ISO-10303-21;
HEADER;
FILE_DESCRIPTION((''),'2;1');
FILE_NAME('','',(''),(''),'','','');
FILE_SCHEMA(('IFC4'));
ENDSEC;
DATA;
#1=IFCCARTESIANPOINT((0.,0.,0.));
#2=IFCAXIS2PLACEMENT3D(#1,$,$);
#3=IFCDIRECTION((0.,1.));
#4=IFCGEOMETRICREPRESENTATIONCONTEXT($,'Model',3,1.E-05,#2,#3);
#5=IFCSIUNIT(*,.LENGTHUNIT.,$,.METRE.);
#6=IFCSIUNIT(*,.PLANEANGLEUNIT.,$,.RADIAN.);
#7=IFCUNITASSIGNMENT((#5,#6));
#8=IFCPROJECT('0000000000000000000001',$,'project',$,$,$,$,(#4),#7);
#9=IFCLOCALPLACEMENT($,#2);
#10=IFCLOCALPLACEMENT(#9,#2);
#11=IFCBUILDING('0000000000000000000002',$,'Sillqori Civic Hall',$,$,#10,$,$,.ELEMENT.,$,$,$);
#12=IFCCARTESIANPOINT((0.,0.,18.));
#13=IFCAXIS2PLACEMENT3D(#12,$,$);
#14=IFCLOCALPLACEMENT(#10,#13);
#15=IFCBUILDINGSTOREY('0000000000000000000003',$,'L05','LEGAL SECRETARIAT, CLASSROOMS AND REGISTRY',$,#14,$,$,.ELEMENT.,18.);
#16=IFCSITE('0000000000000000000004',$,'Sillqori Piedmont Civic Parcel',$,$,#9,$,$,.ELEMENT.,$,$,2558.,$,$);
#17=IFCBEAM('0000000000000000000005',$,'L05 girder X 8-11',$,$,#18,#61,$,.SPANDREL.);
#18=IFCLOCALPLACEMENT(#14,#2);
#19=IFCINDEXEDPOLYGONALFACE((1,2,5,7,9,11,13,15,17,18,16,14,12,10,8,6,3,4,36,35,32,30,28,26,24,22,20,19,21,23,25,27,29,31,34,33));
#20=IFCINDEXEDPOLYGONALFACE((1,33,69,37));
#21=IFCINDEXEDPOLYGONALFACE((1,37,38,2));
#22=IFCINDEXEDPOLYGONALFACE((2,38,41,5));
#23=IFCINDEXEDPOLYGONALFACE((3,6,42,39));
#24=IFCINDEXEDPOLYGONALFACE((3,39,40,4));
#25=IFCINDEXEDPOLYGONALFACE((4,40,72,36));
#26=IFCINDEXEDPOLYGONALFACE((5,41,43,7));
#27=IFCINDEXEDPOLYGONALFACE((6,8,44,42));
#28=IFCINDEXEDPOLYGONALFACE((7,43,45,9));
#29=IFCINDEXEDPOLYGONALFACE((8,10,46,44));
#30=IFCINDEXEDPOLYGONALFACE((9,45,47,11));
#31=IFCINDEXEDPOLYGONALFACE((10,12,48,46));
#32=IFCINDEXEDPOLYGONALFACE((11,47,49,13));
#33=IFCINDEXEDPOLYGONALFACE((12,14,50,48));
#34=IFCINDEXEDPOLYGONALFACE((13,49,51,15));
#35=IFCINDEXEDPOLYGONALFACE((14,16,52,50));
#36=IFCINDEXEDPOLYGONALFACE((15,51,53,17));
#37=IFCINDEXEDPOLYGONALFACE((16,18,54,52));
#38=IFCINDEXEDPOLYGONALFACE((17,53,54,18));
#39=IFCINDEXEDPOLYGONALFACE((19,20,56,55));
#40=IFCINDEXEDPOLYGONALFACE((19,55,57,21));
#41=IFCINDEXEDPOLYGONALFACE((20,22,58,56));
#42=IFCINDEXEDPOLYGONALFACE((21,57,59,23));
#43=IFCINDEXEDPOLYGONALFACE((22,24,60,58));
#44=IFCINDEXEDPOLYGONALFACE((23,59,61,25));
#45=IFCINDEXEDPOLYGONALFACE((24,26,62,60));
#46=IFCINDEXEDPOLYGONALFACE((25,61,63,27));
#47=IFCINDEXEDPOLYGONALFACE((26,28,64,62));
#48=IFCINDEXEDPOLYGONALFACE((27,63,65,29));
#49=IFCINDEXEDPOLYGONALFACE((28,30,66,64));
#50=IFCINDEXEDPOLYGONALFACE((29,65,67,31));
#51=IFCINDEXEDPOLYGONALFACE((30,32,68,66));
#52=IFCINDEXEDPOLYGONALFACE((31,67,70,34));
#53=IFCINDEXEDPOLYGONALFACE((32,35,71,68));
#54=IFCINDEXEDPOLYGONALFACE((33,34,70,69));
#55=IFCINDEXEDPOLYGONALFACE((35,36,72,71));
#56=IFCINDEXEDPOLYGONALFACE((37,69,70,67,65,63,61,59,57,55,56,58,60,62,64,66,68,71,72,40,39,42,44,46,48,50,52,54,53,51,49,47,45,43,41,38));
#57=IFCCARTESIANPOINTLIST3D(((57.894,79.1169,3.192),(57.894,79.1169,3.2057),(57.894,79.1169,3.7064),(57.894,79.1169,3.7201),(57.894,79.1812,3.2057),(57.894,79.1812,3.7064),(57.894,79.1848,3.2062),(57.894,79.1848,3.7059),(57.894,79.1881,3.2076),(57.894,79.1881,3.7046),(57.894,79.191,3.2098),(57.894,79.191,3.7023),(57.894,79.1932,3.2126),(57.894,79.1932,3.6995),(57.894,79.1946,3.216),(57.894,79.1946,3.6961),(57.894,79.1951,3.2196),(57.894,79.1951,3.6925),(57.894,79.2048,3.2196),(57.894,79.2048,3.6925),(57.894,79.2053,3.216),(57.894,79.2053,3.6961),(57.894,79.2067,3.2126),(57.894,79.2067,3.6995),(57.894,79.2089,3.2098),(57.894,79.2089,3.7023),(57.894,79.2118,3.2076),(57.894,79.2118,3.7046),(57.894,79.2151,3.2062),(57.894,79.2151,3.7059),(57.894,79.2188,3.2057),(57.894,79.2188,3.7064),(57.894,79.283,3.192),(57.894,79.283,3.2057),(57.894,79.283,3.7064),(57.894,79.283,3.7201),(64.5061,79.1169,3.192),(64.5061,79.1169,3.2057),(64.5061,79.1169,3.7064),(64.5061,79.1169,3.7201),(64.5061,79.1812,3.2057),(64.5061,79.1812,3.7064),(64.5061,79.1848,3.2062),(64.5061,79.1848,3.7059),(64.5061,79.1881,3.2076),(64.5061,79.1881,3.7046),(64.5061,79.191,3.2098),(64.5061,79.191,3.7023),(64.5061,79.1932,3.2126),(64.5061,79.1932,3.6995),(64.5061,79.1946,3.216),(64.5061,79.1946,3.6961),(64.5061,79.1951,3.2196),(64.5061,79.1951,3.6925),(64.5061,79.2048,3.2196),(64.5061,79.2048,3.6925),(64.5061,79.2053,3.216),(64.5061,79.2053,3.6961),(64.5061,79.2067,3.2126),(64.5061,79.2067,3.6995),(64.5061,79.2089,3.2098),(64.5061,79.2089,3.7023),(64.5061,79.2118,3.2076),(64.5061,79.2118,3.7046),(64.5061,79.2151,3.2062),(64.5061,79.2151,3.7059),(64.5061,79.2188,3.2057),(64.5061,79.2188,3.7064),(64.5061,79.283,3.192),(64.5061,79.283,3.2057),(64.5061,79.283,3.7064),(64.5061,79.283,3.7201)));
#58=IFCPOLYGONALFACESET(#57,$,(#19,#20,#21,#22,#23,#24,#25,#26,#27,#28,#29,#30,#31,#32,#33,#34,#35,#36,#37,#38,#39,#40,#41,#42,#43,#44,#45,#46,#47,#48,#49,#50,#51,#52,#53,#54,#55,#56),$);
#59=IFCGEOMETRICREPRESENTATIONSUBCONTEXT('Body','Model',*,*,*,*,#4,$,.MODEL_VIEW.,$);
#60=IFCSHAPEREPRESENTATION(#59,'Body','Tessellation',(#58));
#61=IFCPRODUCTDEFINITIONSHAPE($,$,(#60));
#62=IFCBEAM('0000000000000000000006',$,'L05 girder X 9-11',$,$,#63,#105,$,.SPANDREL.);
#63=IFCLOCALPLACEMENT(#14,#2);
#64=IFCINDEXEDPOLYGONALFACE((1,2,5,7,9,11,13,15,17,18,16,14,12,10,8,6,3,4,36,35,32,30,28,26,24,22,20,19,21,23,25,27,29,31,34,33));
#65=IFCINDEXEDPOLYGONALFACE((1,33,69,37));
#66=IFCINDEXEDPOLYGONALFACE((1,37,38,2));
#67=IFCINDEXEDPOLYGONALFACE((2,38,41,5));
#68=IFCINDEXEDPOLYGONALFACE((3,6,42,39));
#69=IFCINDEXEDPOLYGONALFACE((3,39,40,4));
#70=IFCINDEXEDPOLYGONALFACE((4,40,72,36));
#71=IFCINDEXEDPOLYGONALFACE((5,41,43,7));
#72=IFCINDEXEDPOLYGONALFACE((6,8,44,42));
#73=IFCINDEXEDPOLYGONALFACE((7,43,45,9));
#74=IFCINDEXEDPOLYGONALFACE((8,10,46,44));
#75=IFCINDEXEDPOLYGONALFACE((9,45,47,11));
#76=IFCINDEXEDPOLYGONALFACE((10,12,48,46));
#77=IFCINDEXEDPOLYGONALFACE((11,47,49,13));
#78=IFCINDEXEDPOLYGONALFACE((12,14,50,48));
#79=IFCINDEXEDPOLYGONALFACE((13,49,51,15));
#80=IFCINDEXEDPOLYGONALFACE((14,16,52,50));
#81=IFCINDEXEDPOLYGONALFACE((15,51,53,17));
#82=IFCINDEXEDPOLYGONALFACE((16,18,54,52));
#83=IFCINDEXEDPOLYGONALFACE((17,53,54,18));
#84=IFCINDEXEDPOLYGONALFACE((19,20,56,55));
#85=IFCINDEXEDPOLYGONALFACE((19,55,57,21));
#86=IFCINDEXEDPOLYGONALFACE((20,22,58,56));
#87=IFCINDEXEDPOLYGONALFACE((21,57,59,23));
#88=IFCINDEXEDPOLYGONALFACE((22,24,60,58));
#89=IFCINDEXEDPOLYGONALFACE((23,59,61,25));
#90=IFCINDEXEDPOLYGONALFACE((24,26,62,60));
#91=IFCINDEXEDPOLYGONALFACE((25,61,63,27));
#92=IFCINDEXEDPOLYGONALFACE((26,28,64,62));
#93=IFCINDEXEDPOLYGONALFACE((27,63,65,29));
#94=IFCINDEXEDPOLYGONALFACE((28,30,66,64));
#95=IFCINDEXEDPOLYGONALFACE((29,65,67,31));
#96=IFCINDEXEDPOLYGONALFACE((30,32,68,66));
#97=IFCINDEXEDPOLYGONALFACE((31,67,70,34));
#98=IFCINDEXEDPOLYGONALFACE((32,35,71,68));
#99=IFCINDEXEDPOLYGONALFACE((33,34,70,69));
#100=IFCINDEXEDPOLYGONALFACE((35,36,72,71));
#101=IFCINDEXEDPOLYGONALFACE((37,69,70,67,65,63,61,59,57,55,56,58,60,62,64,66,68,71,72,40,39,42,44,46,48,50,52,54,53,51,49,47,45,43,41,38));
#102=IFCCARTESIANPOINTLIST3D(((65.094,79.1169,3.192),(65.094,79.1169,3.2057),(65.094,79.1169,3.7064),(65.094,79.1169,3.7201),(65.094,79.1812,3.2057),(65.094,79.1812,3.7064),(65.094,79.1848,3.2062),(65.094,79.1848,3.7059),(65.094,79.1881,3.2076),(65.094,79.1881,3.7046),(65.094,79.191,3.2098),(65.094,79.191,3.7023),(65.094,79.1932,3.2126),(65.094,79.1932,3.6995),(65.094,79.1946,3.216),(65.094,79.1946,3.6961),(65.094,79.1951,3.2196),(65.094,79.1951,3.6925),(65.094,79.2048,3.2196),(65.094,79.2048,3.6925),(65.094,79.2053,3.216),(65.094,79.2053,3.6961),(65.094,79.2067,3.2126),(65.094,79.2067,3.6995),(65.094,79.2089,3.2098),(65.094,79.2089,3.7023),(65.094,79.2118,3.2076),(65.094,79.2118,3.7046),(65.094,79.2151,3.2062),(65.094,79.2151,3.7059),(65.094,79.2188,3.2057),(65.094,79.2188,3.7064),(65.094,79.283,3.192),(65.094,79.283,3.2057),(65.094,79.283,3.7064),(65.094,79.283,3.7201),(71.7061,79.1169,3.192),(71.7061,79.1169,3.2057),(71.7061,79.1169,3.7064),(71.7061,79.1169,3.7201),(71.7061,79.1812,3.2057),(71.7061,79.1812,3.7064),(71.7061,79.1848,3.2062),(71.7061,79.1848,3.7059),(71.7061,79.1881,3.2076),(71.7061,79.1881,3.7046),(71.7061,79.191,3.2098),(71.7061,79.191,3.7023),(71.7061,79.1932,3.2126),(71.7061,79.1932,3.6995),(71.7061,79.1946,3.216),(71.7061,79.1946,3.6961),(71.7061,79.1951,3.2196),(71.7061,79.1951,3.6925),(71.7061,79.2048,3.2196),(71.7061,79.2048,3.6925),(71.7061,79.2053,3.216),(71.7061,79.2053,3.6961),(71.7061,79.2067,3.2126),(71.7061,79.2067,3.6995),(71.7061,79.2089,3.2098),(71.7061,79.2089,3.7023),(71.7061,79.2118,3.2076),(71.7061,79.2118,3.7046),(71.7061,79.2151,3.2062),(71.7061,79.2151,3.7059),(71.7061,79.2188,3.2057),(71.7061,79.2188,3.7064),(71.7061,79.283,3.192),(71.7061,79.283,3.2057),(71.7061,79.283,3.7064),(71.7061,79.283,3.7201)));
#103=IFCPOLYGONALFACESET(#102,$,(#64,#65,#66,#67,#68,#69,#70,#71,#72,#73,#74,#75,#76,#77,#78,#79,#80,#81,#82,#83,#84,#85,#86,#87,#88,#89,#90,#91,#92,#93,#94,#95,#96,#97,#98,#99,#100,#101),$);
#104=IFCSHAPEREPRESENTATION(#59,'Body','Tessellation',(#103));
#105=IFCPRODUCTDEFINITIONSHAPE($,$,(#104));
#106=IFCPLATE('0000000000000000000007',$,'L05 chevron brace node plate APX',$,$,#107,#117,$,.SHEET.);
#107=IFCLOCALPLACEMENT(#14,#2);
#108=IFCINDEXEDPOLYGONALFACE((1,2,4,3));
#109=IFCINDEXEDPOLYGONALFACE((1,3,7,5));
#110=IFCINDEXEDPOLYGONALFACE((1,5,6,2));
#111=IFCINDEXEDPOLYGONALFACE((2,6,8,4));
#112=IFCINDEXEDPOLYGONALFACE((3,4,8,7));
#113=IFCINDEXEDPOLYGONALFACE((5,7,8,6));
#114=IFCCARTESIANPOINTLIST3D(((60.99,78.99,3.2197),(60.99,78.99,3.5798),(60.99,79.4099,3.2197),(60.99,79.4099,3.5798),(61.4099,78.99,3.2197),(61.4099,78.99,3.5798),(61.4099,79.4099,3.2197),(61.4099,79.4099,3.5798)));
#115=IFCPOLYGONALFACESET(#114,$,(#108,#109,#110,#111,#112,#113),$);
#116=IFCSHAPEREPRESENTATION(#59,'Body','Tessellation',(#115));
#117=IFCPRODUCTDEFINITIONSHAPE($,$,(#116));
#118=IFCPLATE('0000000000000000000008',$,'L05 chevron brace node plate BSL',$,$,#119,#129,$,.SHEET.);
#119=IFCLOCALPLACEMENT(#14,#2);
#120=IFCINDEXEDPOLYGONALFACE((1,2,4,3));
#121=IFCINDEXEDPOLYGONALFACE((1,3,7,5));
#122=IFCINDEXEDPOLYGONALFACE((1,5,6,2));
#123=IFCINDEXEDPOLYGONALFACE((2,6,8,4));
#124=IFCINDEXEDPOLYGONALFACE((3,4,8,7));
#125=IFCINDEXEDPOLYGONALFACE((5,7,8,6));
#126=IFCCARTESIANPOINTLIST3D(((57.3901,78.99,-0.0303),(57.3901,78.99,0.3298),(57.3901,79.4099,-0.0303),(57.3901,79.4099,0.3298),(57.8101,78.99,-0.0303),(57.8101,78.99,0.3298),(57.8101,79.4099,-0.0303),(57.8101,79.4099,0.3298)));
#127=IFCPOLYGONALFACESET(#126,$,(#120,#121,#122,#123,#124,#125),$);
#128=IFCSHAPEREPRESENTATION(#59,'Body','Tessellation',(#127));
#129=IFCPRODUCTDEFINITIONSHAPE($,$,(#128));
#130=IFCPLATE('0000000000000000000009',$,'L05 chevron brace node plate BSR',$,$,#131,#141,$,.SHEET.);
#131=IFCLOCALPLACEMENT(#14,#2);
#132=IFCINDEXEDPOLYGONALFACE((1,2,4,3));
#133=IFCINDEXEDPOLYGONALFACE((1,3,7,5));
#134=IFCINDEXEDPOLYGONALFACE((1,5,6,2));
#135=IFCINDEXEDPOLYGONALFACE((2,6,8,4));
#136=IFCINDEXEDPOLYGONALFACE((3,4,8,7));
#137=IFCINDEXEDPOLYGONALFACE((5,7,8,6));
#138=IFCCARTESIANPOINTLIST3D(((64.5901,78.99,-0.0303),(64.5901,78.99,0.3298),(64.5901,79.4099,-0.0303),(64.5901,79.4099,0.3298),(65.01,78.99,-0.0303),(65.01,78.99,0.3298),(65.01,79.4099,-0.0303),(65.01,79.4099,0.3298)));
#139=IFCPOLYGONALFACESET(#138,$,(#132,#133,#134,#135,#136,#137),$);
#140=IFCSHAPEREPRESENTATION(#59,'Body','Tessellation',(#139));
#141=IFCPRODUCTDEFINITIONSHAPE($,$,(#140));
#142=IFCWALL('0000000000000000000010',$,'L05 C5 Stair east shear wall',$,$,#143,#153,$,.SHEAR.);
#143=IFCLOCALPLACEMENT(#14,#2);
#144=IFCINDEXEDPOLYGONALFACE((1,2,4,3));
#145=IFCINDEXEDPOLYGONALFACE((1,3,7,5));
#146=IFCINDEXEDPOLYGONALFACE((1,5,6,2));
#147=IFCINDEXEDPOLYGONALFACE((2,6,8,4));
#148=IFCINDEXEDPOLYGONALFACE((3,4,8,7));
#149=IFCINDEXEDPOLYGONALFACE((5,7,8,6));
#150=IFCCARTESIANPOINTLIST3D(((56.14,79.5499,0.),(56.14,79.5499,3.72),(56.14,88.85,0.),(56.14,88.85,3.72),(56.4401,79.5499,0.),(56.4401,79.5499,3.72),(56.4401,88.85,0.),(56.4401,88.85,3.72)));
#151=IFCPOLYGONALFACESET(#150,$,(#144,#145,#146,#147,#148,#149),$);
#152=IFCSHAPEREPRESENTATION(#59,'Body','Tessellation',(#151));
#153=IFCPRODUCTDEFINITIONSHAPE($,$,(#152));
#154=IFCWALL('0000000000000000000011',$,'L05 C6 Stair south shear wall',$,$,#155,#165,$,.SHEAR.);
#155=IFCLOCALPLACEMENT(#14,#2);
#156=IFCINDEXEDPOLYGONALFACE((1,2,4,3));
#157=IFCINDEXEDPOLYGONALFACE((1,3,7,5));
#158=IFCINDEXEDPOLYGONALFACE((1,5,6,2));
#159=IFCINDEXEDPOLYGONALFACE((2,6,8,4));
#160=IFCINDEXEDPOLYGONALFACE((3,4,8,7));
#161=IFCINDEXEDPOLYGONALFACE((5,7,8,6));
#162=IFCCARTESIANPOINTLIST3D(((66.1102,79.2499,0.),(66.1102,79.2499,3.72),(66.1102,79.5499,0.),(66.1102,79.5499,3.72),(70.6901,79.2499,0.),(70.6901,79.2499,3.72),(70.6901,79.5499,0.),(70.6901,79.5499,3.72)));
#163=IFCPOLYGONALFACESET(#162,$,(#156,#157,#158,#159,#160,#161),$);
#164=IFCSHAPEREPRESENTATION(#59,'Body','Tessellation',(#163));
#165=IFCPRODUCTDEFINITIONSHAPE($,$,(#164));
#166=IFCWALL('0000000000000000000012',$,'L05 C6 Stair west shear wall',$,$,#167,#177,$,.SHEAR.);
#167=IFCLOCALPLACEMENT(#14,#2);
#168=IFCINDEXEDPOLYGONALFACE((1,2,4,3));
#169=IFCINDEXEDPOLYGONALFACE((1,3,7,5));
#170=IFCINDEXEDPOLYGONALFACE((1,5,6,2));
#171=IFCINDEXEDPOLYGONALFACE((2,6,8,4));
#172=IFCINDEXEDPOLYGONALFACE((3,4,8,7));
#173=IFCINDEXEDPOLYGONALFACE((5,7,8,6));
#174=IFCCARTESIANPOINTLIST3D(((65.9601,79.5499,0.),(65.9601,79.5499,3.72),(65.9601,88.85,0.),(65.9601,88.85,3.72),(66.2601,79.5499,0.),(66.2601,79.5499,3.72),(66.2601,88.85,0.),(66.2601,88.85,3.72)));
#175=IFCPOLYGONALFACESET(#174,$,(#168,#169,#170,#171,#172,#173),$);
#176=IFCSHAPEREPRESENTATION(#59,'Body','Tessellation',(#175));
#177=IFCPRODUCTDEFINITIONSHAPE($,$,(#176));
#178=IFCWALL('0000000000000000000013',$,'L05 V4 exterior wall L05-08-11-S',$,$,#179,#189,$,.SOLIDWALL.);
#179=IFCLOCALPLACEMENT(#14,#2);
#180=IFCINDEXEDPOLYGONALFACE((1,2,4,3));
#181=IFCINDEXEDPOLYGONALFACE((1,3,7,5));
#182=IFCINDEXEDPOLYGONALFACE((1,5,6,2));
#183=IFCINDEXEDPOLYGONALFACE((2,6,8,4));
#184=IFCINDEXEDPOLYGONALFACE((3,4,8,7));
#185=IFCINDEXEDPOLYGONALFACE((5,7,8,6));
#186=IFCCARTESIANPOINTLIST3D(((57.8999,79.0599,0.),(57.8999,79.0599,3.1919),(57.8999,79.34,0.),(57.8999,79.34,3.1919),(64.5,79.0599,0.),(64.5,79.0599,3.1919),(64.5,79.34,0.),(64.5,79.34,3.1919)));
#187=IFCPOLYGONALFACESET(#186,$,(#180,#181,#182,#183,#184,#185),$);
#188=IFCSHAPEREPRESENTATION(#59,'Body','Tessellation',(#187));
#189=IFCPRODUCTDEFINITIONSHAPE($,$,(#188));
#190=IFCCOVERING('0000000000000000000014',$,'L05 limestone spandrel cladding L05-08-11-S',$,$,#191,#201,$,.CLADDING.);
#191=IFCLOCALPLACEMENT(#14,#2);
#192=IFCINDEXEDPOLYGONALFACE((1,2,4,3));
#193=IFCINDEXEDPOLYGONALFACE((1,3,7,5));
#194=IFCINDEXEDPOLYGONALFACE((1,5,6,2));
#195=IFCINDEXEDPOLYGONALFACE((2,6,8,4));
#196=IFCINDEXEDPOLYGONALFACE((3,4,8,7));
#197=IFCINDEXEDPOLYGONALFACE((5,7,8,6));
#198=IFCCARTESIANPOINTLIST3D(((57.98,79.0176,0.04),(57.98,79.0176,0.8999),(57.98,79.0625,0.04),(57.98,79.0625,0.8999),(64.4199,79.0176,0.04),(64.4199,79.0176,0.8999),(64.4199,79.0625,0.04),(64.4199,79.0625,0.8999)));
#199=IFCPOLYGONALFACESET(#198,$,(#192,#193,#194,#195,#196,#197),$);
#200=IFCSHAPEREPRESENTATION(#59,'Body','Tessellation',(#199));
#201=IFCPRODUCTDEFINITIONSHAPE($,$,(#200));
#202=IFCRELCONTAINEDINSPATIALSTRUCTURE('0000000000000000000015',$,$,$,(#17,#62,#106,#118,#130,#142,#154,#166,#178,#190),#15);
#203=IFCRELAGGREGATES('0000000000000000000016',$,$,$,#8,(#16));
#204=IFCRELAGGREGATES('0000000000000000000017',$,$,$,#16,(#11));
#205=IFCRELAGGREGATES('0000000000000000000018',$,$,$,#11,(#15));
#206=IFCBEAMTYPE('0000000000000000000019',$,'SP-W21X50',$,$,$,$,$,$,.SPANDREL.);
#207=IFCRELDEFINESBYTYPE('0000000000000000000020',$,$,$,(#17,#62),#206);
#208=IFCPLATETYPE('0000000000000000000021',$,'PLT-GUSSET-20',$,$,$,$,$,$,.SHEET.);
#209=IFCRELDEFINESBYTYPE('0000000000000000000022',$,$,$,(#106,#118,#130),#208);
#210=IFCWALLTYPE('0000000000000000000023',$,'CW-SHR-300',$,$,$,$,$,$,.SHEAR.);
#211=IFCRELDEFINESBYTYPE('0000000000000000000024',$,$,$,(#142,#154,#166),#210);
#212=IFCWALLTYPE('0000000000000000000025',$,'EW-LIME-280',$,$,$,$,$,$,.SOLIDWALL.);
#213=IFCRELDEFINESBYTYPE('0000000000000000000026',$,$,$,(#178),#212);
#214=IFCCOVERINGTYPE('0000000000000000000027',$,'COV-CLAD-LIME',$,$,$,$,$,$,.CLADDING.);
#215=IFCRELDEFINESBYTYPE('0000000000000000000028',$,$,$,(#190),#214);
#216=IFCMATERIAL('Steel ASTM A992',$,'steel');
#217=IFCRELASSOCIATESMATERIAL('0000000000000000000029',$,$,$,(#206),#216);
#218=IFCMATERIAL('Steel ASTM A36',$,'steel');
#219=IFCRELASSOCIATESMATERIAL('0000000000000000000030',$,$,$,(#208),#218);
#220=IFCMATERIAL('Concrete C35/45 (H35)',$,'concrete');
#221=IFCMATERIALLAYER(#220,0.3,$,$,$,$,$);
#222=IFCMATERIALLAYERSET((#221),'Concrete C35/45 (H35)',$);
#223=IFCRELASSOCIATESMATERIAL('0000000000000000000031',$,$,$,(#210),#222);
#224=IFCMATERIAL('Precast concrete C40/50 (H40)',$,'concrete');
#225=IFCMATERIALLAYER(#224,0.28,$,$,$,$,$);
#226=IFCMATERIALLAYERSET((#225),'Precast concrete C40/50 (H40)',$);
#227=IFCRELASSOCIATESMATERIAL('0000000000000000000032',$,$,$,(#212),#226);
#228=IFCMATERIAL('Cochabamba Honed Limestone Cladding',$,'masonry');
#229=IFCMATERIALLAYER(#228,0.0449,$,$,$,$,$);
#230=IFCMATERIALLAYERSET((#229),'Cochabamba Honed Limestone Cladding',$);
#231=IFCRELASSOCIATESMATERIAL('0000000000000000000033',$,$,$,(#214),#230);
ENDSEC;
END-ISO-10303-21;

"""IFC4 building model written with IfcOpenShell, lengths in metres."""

from ifc_helpers import new_model, si_unit, direction, frame, frame_2d, origin, origin_2d, place, context, subcontext, project, spatial, rectangle, i_section, extrude, material, layer, layer_set, material_profile, profile_set, type_object, element, save


model = new_model("IFC4")

# Units and contexts
model_context = context("Model", 3, precision=1e-05, world=origin(), true_north=direction((0.0, 1.0)))
body_context = subcontext(model_context, "Body", "Model", "MODEL_VIEW")
ifc_project = project(units=[si_unit("LENGTHUNIT", "METRE"), si_unit("PLANEANGLEUNIT", "RADIAN")], contexts=[model_context])

# Site, building, storey
site_placement = place(None, origin())
site = spatial("IfcSite", under=ifc_project, at=site_placement, Name="Sillqori Piedmont Civic Parcel", CompositionType="ELEMENT", RefElevation=2558.0)
building_placement = place(site_placement, origin())
building = spatial("IfcBuilding", under=site, at=building_placement, Name="Sillqori Civic Hall", CompositionType="ELEMENT")
storey_placement = place(building_placement, frame((0.0, 0.0, 18.0)))
storey = spatial("IfcBuildingStorey", under=building, at=storey_placement, Name="L05", Description="LEGAL SECRETARIAT, CLASSROOMS AND REGISTRY", CompositionType="ELEMENT", Elevation=18.0)

# Shared definitions
ifc_material_1 = material(Name="Concrete C35/45 (H35)", Category="concrete")

# Shared definitions
ifc_material_2 = material(Name="Steel ASTM A992", Category="steel")

# Beams
ifc_material_profile_1 = material_profile(ifc_material_2, i_section(OverallWidth=0.166, OverallDepth=0.5281, WebThickness=0.0098, FlangeThickness=0.0137, FilletRadius=0.0139, at=origin_2d()), Name="W21X50")
ifc_profile_set_1 = profile_set([ifc_material_profile_1], Name="Steel ASTM A992")
beam_type_1 = type_object("IfcBeamType", Name="SP-W21X50", PredefinedType="SPANDREL", material=ifc_profile_set_1)
for number, where, z_axis, x_axis, name in (
    (1, (57.894, 79.2, 3.4561), (1.0, 0.0, 0.0), (0.0, 1.0, 0.0), "L05 girder X 8-11"),
    (2, (65.094, 79.2, 3.4561), (1.0, 0.0, 0.0), (0.0, 1.0, 0.0), "L05 girder X 9-11"),
):
    element("IfcBeam", number, at=place(storey_placement, frame(where, z_axis=z_axis, x_axis=x_axis)), inside=storey, type_object=beam_type_1, Name=name, PredefinedType="SPANDREL", context=body_context, shape_type="SweptSolid", body=[
        extrude(i_section(OverallWidth=0.166, OverallDepth=0.5281, WebThickness=0.0098, FlangeThickness=0.0137, FilletRadius=0.0139, at=origin_2d()), origin(), (0.0, 0.0, 1.0), 6.6121),
    ])

# Plates
ifc_material_3 = material(Name="Steel ASTM A36", Category="steel")
plate_type = type_object("IfcPlateType", Name="PLT-GUSSET-20", PredefinedType="SHEET", material=ifc_material_3)
for number, where, z_axis, x_axis, name in (
    (3, (61.2, 79.2, 3.2197), (0.0, 0.0, 1.0), (1.0, 0.0, 0.0), "L05 chevron brace node plate APX"),
    (4, (57.6001, 79.2, -0.0303), (0.0, 0.0, 1.0), (1.0, 0.0, 0.0), "L05 chevron brace node plate BSL"),
    (5, (64.8, 79.2, -0.0303), (0.0, 0.0, 1.0), (1.0, 0.0, 0.0), "L05 chevron brace node plate BSR"),
):
    element("IfcPlate", number, at=place(storey_placement, frame(where, z_axis=z_axis, x_axis=x_axis)), inside=storey, type_object=plate_type, Name=name, PredefinedType="SHEET", context=body_context, shape_type="SweptSolid", body=[
        extrude(rectangle(XDim=0.4199, YDim=0.4199, at=origin_2d()), origin(), (0.0, 0.0, 1.0), 0.3601),
    ])

# Walls
ifc_layer_1 = layer(ifc_material_1, 0.3)
ifc_layer_set_1 = layer_set([ifc_layer_1], Name="Concrete C35/45 (H35)")
wall_type_1 = type_object("IfcWallType", Name="CW-SHR-300", PredefinedType="SHEAR", material=ifc_layer_set_1)
wall_1_placement = place(storey_placement, frame((56.29, 79.55, 0.0), z_axis=(0.0, 0.0, 1.0), x_axis=(0.0, 1.0, 0.0)))
element("IfcWall", 6, at=wall_1_placement, inside=storey, type_object=wall_type_1, Name="L05 C5 Stair east shear wall", PredefinedType="SHEAR", context=body_context, shape_type="SweptSolid", body=[
    extrude(rectangle(XDim=9.3, YDim=0.3, at=frame_2d((4.6499, 0.0))), origin(), (0.0, 0.0, 1.0), 3.72),
])
wall_2_placement = place(storey_placement, frame((66.1101, 79.3999, 0.0), z_axis=(0.0, 0.0, 1.0), x_axis=(1.0, 0.0, 0.0)))
element("IfcWall", 7, at=wall_2_placement, inside=storey, type_object=wall_type_1, Name="L05 C6 Stair south shear wall", PredefinedType="SHEAR", context=body_context, shape_type="SweptSolid", body=[
    extrude(rectangle(XDim=4.5798, YDim=0.3, at=frame_2d((2.29, 0.0))), origin(), (0.0, 0.0, 1.0), 3.72),
])
wall_3_placement = place(storey_placement, frame((66.1101, 79.55, 0.0), z_axis=(0.0, 0.0, 1.0), x_axis=(0.0, 1.0, 0.0)))
element("IfcWall", 8, at=wall_3_placement, inside=storey, type_object=wall_type_1, Name="L05 C6 Stair west shear wall", PredefinedType="SHEAR", context=body_context, shape_type="SweptSolid", body=[
    extrude(rectangle(XDim=9.3, YDim=0.3, at=frame_2d((4.6499, 0.0))), origin(), (0.0, 0.0, 1.0), 3.72),
])
ifc_material_4 = material(Name="Precast concrete C40/50 (H40)", Category="concrete")
ifc_layer_2 = layer(ifc_material_4, 0.28)
ifc_layer_set_2 = layer_set([ifc_layer_2], Name="Precast concrete C40/50 (H40)")
wall_type_2 = type_object("IfcWallType", Name="EW-LIME-280", PredefinedType="SOLIDWALL", material=ifc_layer_set_2)
wall_4_placement = place(storey_placement, frame((64.5, 79.2, 0.0), z_axis=(0.0, 0.0, 1.0), x_axis=(-1.0, 0.0, 0.0)))
element("IfcWall", 9, at=wall_4_placement, inside=storey, type_object=wall_type_2, Name="L05 V4 exterior wall L05-08-11-S", PredefinedType="SOLIDWALL", context=body_context, shape_type="SweptSolid", body=[
    extrude(rectangle(XDim=6.6001, YDim=0.28, at=frame_2d((3.3, 0.0))), origin(), (0.0, 0.0, 1.0), 3.1919),
])

# Covering
ifc_material_5 = material(Name="Cochabamba Honed Limestone Cladding", Category="masonry")
ifc_layer_3 = layer(ifc_material_5, 0.0449)
ifc_layer_set_3 = layer_set([ifc_layer_3], Name="Cochabamba Honed Limestone Cladding")
covering_type = type_object("IfcCoveringType", Name="COV-CLAD-LIME", PredefinedType="CLADDING", material=ifc_layer_set_3)
covering_placement = place(storey_placement, frame((64.4199, 79.04, 0.04), z_axis=(0.0, 0.0, 1.0), x_axis=(-1.0, 0.0, 0.0)))
element("IfcCovering", 10, at=covering_placement, inside=storey, type_object=covering_type, Name="L05 limestone spandrel cladding L05-08-11-S", PredefinedType="CLADDING", context=body_context, shape_type="SweptSolid", body=[
    extrude(rectangle(XDim=6.4399, YDim=0.0449, at=frame_2d((3.22, 0.0))), origin(), (0.0, 0.0, 1.0), 0.8599),
])

save(model, "model.ifc")
